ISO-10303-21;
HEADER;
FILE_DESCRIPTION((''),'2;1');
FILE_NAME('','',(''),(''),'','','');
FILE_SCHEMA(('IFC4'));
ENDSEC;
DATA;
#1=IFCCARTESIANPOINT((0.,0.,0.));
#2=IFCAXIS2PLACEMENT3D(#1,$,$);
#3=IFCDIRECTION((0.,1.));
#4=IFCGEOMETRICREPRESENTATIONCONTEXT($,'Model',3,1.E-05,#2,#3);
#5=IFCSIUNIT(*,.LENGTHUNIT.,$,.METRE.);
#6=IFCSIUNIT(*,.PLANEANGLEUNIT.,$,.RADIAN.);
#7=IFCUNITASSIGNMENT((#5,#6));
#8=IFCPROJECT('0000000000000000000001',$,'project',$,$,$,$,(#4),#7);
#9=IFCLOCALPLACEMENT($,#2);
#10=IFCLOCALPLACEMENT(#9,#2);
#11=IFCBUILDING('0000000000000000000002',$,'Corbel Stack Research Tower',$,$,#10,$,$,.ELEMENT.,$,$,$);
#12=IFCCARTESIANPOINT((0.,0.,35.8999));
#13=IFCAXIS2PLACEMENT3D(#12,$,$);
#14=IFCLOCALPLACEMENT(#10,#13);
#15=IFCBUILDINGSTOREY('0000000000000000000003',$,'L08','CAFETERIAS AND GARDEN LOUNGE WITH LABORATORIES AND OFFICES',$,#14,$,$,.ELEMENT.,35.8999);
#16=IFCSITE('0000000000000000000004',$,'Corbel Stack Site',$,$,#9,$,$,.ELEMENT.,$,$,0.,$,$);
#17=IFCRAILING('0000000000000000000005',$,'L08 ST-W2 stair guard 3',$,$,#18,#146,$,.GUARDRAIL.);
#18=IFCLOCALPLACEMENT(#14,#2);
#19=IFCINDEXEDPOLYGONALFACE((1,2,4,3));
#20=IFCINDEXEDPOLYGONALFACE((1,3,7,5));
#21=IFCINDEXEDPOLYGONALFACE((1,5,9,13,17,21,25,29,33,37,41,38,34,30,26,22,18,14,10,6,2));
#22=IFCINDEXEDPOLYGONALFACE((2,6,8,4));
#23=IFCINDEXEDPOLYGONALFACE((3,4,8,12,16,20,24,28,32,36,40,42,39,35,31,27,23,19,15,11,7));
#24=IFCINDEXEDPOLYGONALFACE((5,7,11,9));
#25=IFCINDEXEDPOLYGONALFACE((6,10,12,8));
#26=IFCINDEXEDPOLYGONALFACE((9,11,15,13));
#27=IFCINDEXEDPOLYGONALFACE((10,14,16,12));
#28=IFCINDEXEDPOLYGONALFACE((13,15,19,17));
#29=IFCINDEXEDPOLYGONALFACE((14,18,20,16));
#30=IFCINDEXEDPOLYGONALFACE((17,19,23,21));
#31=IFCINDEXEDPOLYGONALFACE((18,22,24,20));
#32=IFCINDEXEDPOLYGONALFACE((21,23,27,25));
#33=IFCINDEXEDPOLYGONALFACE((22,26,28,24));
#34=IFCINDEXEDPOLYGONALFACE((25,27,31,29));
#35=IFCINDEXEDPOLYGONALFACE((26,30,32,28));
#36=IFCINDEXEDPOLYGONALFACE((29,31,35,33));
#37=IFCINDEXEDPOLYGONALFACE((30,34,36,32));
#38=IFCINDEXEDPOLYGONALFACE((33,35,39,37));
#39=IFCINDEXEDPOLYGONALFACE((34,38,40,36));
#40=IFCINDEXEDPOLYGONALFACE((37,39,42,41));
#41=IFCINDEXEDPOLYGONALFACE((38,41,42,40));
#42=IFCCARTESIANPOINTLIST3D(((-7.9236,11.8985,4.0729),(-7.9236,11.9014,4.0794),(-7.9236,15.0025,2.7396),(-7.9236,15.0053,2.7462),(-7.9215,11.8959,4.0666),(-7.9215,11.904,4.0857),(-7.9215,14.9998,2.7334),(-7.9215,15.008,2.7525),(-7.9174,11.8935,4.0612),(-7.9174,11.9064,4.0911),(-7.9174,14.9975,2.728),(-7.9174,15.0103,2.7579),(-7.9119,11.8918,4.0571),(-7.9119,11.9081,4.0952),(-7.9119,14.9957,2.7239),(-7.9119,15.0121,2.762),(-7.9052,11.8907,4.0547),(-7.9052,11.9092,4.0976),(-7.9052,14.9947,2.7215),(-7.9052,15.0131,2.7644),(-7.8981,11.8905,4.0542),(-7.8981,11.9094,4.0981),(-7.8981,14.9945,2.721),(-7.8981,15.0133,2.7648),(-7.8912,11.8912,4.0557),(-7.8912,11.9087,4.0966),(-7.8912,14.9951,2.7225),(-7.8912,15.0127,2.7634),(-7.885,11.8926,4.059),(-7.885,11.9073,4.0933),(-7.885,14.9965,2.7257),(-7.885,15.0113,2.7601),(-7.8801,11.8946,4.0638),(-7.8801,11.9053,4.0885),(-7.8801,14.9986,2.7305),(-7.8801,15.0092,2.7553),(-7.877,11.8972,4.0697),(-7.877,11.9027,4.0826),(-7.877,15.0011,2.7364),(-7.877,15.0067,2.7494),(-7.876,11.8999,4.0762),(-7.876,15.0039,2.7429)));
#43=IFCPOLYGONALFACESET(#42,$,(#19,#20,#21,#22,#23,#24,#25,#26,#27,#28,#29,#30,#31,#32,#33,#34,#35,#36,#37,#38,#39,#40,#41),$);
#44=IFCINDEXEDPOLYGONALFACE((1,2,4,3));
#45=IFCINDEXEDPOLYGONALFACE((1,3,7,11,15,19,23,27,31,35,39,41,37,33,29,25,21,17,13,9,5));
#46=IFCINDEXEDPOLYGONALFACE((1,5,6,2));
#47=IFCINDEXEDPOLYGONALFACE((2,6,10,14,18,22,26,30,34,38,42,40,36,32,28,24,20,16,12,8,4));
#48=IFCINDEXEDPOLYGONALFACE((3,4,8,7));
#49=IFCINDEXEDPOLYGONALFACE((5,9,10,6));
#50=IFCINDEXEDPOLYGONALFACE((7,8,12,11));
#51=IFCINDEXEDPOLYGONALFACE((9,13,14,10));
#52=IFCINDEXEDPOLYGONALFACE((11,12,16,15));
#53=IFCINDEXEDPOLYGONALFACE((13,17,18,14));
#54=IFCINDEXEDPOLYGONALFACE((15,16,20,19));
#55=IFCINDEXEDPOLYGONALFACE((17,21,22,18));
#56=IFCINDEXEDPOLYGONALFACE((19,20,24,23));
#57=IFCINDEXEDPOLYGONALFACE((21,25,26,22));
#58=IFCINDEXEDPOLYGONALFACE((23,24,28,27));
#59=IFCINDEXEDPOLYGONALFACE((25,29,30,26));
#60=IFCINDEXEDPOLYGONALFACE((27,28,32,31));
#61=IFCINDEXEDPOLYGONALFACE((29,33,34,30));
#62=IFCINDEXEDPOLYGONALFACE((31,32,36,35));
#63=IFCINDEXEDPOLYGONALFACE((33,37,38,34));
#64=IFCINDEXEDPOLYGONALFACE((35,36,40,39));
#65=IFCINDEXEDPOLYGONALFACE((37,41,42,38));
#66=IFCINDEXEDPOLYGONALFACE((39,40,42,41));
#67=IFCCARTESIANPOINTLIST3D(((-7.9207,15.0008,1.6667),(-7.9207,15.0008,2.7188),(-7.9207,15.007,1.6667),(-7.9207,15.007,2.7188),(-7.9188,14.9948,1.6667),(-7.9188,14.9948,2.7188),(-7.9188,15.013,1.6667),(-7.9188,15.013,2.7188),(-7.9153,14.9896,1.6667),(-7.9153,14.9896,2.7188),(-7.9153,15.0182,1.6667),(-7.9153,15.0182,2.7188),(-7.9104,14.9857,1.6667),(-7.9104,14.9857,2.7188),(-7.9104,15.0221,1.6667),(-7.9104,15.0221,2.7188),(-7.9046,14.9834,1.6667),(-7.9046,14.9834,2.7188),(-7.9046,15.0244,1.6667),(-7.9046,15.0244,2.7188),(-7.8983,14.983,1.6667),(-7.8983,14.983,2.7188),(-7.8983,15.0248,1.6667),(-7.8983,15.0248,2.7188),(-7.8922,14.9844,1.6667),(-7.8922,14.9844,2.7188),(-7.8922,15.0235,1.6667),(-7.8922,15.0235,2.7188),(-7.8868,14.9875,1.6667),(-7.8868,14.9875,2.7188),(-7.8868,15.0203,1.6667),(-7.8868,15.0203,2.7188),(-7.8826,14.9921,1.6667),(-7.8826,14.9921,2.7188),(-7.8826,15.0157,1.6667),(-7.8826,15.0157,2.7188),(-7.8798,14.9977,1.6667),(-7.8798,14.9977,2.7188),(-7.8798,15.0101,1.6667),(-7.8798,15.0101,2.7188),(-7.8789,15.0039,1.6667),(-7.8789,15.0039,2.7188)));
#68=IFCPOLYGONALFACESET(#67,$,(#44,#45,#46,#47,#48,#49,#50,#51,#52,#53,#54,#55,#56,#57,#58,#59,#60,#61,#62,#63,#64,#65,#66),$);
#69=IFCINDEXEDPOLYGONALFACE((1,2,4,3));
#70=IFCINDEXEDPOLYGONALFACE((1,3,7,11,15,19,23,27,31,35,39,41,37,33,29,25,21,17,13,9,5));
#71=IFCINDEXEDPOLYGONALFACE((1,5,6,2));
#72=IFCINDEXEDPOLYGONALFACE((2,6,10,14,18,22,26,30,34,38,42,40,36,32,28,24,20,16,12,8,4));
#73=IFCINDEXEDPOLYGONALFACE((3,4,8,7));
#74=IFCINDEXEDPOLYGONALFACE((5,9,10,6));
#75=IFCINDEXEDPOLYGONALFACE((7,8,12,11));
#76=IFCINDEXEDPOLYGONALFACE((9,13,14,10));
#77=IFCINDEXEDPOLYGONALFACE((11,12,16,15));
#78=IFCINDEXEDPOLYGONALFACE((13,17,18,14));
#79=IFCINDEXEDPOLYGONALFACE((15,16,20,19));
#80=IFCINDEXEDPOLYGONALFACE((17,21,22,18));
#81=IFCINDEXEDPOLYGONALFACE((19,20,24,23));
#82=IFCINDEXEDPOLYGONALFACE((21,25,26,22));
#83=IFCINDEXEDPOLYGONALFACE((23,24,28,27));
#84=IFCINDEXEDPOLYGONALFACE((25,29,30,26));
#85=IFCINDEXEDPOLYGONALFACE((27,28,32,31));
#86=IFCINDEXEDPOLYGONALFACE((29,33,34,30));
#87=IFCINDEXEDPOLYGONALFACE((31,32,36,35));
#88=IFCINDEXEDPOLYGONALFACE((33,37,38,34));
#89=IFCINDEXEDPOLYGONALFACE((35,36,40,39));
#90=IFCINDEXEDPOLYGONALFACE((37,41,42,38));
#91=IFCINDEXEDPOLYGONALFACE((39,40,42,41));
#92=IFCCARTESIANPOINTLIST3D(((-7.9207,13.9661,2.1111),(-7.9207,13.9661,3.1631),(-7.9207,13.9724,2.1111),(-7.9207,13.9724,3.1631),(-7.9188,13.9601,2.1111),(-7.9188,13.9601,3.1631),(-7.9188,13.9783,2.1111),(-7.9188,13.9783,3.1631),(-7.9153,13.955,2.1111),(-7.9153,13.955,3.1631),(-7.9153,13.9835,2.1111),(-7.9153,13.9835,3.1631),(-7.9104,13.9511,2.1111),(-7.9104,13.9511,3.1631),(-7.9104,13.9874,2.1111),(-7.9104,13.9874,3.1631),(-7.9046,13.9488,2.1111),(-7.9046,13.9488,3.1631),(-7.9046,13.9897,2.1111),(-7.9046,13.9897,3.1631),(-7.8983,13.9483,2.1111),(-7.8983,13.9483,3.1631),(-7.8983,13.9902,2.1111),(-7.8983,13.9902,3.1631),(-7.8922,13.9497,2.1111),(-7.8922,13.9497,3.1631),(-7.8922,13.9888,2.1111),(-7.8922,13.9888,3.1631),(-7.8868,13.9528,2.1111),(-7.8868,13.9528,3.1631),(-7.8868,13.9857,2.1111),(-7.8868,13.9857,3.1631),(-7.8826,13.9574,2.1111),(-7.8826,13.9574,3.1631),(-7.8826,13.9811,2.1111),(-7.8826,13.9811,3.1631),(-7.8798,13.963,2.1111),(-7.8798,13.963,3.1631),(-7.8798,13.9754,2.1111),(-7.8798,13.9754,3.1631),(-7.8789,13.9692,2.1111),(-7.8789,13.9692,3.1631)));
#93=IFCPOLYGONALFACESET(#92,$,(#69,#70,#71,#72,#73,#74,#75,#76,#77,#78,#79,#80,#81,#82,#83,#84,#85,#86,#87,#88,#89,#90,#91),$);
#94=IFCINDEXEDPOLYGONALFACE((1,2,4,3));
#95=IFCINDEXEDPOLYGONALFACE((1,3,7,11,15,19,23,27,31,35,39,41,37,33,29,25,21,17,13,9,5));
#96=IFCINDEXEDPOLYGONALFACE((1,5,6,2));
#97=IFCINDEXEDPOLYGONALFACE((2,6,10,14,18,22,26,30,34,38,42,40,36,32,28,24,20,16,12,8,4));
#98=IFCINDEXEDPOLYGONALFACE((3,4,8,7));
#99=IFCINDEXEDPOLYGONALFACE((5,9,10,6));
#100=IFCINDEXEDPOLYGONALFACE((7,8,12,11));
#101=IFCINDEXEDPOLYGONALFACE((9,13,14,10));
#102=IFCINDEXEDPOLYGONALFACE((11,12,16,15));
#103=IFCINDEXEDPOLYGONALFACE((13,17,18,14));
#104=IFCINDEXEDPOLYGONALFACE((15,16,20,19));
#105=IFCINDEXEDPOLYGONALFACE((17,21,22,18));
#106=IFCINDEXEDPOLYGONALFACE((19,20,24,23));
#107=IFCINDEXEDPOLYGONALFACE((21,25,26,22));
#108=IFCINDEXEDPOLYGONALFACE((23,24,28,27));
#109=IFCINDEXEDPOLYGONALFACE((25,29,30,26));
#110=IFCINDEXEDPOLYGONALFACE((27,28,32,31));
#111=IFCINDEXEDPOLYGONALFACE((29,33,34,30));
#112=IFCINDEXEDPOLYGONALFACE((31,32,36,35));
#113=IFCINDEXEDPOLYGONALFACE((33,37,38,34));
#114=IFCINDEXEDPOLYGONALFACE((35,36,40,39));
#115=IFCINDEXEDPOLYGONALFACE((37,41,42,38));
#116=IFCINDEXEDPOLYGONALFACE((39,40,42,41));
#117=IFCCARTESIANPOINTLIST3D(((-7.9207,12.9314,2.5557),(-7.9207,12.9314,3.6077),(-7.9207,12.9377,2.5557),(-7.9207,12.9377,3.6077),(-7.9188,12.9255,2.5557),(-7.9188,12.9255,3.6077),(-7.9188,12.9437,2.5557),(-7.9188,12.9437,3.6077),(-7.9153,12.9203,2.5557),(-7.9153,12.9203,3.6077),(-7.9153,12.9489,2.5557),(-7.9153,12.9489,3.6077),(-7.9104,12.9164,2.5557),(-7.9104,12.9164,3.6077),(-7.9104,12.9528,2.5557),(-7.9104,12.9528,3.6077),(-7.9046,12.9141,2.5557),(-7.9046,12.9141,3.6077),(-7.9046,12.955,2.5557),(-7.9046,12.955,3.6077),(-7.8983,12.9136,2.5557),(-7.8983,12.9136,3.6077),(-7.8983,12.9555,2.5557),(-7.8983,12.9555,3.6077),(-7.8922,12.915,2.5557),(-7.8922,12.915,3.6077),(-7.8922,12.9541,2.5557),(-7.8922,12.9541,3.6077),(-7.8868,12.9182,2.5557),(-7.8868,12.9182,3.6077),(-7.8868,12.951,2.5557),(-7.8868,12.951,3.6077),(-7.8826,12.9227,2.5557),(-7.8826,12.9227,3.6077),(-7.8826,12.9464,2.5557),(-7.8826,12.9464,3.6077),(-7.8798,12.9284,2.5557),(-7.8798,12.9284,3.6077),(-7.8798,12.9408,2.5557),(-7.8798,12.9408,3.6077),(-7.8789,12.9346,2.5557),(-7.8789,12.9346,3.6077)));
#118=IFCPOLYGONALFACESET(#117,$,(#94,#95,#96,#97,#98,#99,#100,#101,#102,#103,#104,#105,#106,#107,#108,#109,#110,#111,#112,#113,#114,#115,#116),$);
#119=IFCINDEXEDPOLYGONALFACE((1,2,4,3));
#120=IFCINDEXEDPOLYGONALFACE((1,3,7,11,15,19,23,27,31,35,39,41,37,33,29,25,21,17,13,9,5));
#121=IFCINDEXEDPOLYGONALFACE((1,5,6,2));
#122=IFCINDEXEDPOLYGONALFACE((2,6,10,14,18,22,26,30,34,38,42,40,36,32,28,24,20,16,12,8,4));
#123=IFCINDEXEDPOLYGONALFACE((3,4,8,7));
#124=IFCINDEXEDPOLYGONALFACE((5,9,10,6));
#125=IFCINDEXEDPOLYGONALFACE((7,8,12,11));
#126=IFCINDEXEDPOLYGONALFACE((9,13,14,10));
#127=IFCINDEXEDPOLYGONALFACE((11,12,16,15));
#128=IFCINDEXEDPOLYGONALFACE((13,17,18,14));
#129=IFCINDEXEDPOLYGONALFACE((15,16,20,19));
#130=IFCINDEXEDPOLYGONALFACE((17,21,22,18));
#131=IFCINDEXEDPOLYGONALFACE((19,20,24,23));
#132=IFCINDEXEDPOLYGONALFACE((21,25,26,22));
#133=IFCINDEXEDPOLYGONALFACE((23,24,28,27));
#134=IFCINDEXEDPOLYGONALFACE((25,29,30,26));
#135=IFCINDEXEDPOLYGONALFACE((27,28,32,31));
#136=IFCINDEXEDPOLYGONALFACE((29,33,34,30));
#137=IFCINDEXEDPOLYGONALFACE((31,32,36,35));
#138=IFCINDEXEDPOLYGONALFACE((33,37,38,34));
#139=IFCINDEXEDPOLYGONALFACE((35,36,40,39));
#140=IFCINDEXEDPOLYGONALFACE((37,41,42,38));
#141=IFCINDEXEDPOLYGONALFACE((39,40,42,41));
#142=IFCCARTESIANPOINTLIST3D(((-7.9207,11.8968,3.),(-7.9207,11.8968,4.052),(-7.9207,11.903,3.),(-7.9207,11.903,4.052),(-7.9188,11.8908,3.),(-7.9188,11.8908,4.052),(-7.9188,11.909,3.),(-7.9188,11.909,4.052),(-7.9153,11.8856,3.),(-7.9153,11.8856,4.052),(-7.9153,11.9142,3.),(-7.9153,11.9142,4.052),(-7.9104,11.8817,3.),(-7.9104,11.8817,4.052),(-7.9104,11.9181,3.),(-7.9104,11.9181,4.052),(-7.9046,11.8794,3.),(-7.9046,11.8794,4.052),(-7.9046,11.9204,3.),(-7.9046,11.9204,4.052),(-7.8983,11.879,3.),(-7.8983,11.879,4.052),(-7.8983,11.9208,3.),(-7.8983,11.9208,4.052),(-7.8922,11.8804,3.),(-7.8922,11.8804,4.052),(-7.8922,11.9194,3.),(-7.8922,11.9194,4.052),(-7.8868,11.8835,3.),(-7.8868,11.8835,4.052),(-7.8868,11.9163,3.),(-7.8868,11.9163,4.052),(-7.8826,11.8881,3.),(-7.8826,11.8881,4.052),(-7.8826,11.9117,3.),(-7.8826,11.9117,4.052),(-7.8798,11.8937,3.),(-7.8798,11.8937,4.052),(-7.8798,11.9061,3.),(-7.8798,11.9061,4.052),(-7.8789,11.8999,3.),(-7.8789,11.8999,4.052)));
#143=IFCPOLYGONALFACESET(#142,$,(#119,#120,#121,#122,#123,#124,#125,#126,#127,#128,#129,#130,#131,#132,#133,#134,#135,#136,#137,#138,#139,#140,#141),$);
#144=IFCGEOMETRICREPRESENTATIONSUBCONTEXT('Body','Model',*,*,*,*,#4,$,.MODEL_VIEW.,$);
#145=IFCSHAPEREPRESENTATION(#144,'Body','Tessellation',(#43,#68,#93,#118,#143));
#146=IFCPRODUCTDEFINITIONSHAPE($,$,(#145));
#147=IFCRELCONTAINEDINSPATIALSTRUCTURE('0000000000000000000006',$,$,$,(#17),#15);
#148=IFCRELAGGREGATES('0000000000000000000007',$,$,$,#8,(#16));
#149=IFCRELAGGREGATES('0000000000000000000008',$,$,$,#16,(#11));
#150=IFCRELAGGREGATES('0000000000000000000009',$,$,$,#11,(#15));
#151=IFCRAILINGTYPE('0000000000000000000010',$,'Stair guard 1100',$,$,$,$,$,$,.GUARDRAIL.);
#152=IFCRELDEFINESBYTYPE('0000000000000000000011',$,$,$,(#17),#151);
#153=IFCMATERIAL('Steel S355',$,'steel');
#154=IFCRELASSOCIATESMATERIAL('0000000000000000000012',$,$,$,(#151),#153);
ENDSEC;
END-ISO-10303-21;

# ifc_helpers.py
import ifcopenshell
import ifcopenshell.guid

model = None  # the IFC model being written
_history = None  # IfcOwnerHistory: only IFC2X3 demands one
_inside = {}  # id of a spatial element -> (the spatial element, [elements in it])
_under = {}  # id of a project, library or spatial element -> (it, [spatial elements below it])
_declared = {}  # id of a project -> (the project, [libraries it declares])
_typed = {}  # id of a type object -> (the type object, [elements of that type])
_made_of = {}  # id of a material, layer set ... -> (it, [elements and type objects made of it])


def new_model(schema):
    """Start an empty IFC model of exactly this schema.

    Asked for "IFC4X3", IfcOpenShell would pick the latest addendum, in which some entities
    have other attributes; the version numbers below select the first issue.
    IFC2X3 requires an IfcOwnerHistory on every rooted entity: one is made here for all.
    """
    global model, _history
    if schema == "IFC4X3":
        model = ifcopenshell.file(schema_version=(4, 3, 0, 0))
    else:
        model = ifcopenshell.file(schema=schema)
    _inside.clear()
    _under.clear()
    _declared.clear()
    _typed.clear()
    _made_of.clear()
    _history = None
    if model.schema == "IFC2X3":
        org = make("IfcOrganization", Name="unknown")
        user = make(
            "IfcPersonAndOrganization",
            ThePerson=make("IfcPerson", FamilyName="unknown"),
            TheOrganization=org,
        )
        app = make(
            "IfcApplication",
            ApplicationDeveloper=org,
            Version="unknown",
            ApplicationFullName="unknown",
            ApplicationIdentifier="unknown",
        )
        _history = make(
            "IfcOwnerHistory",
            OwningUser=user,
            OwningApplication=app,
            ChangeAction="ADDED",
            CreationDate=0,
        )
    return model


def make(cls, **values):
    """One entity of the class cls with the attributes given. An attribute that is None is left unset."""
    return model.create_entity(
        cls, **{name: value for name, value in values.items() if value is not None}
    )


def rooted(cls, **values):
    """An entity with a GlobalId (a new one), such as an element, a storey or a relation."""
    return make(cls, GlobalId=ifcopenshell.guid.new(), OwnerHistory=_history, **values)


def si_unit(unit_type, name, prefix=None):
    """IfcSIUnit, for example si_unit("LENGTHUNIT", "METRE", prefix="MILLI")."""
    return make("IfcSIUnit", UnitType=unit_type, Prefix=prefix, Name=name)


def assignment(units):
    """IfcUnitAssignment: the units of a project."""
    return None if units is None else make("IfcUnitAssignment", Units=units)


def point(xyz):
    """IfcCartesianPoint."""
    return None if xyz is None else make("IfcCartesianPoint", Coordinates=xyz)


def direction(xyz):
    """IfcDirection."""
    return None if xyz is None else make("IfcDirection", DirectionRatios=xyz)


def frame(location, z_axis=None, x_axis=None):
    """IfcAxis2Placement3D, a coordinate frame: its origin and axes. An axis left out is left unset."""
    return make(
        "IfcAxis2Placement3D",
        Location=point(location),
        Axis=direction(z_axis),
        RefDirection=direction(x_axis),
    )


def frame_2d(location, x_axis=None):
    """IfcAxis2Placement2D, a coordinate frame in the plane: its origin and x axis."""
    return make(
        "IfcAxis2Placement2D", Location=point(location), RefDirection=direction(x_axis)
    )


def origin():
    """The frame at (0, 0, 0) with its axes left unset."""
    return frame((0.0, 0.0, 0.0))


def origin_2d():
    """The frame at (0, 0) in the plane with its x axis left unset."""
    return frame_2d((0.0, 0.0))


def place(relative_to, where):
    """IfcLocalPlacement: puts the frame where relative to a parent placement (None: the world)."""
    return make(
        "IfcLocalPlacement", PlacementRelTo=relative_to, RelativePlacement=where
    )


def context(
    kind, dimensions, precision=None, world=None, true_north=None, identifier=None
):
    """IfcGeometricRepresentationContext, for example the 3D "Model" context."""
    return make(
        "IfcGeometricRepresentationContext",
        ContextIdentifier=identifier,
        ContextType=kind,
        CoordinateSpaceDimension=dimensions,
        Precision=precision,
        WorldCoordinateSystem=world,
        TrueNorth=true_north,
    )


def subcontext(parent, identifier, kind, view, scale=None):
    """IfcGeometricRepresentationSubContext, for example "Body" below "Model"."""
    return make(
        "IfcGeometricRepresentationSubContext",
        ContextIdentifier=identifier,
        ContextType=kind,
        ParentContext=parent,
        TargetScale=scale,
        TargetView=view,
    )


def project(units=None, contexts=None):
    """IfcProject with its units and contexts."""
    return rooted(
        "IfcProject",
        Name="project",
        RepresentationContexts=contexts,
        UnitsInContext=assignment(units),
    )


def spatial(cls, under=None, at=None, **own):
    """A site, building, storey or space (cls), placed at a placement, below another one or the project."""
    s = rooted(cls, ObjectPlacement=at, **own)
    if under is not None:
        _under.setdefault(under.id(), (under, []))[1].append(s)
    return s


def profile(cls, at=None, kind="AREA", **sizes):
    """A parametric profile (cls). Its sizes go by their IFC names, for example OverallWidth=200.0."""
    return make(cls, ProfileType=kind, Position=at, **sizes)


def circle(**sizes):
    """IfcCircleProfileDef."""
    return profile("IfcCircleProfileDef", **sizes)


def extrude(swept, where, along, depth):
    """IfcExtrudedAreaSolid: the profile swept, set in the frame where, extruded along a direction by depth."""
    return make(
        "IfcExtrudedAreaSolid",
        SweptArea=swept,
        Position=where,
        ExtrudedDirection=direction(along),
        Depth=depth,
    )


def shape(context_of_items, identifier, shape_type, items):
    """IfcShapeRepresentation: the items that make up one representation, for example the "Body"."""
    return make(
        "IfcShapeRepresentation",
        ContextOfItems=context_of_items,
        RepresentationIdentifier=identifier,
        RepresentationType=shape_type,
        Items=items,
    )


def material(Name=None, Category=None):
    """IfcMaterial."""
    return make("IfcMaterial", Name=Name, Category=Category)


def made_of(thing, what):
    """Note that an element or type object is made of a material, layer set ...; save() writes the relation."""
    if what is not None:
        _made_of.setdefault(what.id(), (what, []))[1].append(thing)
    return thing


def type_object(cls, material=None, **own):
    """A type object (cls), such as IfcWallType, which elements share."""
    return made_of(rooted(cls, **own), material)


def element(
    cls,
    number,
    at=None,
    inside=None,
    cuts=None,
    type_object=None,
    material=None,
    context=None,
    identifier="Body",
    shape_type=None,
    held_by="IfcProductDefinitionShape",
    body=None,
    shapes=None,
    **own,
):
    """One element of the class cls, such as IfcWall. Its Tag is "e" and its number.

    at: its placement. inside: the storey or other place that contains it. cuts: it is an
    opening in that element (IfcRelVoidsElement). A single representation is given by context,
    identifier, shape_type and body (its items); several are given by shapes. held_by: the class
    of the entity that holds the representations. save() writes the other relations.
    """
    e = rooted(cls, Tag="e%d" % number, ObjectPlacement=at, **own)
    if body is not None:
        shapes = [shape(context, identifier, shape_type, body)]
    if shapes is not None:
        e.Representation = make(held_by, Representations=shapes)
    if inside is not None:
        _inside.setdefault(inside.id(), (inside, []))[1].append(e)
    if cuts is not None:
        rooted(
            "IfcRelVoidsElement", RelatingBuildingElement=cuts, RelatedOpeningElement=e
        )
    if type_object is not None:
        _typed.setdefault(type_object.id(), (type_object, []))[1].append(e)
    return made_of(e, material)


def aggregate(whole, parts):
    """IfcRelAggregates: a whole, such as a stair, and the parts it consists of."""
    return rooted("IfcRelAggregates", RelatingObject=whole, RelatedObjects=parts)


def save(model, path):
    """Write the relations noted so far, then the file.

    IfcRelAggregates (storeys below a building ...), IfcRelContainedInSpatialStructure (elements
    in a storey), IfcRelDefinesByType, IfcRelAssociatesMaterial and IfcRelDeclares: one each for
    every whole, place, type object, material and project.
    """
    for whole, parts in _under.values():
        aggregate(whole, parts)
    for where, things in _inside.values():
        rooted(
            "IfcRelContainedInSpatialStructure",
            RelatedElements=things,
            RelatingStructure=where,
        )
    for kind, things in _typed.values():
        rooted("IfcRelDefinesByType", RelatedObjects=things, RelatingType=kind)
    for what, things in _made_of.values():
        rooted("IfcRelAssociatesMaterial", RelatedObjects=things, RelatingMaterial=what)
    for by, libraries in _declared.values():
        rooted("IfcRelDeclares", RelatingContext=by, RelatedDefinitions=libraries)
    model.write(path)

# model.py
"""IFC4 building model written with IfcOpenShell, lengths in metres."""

from ifc_helpers import new_model, si_unit, direction, frame, origin, origin_2d, place, context, subcontext, project, spatial, circle, extrude, material, type_object, element, save


model = new_model("IFC4")

# Units and contexts
model_context = context("Model", 3, precision=1e-05, world=origin(), true_north=direction((0.0, 1.0)))
body_context = subcontext(model_context, "Body", "Model", "MODEL_VIEW")
ifc_project = project(units=[si_unit("LENGTHUNIT", "METRE"), si_unit("PLANEANGLEUNIT", "RADIAN")], contexts=[model_context])

# Site, building, storey
site_placement = place(None, origin())
site = spatial("IfcSite", under=ifc_project, at=site_placement, Name="Corbel Stack Site", CompositionType="ELEMENT", RefElevation=0.0)
building_placement = place(site_placement, origin())
building = spatial("IfcBuilding", under=site, at=building_placement, Name="Corbel Stack Research Tower", CompositionType="ELEMENT")
storey_placement = place(building_placement, frame((0.0, 0.0, 35.8999)))
storey = spatial("IfcBuildingStorey", under=building, at=storey_placement, Name="L08", Description="CAFETERIAS AND GARDEN LOUNGE WITH LABORATORIES AND OFFICES", CompositionType="ELEMENT", Elevation=35.8999)

# Railing
ifc_material_1 = material(Name="Steel S355", Category="steel")
railing_type = type_object("IfcRailingType", Name="Stair guard 1100", PredefinedType="GUARDRAIL", material=ifc_material_1)
railing_1_placement = place(storey_placement, frame((-7.8999, 15.0039, 1.6667)))
element("IfcRailing", 1, at=railing_1_placement, inside=storey, type_object=railing_type, Name="L08 ST-W2 stair guard 3", PredefinedType="GUARDRAIL", context=body_context, shape_type="SweptSolid", body=[
    extrude(circle(Radius=0.0239, at=origin_2d()), frame((0.0, 0.0, 1.0762), z_axis=(0.0, -0.918827, 0.394661), x_axis=(1.0, 0.0, 0.0)), (0.0, 0.0, 1.0), 3.3782),
    extrude(circle(Radius=0.021, at=origin_2d()), origin(), (0.0, 0.0, 1.0), 1.052),
    extrude(circle(Radius=0.021, at=origin_2d()), frame((0.0, -1.0347, 0.4443)), (0.0, 0.0, 1.0), 1.052),
    extrude(circle(Radius=0.021, at=origin_2d()), frame((0.0, -2.0693, 0.8889)), (0.0, 0.0, 1.0), 1.052),
    extrude(circle(Radius=0.021, at=origin_2d()), frame((0.0, -3.104, 1.3333)), (0.0, 0.0, 1.0), 1.052),
])

save(model, "model.ifc")
